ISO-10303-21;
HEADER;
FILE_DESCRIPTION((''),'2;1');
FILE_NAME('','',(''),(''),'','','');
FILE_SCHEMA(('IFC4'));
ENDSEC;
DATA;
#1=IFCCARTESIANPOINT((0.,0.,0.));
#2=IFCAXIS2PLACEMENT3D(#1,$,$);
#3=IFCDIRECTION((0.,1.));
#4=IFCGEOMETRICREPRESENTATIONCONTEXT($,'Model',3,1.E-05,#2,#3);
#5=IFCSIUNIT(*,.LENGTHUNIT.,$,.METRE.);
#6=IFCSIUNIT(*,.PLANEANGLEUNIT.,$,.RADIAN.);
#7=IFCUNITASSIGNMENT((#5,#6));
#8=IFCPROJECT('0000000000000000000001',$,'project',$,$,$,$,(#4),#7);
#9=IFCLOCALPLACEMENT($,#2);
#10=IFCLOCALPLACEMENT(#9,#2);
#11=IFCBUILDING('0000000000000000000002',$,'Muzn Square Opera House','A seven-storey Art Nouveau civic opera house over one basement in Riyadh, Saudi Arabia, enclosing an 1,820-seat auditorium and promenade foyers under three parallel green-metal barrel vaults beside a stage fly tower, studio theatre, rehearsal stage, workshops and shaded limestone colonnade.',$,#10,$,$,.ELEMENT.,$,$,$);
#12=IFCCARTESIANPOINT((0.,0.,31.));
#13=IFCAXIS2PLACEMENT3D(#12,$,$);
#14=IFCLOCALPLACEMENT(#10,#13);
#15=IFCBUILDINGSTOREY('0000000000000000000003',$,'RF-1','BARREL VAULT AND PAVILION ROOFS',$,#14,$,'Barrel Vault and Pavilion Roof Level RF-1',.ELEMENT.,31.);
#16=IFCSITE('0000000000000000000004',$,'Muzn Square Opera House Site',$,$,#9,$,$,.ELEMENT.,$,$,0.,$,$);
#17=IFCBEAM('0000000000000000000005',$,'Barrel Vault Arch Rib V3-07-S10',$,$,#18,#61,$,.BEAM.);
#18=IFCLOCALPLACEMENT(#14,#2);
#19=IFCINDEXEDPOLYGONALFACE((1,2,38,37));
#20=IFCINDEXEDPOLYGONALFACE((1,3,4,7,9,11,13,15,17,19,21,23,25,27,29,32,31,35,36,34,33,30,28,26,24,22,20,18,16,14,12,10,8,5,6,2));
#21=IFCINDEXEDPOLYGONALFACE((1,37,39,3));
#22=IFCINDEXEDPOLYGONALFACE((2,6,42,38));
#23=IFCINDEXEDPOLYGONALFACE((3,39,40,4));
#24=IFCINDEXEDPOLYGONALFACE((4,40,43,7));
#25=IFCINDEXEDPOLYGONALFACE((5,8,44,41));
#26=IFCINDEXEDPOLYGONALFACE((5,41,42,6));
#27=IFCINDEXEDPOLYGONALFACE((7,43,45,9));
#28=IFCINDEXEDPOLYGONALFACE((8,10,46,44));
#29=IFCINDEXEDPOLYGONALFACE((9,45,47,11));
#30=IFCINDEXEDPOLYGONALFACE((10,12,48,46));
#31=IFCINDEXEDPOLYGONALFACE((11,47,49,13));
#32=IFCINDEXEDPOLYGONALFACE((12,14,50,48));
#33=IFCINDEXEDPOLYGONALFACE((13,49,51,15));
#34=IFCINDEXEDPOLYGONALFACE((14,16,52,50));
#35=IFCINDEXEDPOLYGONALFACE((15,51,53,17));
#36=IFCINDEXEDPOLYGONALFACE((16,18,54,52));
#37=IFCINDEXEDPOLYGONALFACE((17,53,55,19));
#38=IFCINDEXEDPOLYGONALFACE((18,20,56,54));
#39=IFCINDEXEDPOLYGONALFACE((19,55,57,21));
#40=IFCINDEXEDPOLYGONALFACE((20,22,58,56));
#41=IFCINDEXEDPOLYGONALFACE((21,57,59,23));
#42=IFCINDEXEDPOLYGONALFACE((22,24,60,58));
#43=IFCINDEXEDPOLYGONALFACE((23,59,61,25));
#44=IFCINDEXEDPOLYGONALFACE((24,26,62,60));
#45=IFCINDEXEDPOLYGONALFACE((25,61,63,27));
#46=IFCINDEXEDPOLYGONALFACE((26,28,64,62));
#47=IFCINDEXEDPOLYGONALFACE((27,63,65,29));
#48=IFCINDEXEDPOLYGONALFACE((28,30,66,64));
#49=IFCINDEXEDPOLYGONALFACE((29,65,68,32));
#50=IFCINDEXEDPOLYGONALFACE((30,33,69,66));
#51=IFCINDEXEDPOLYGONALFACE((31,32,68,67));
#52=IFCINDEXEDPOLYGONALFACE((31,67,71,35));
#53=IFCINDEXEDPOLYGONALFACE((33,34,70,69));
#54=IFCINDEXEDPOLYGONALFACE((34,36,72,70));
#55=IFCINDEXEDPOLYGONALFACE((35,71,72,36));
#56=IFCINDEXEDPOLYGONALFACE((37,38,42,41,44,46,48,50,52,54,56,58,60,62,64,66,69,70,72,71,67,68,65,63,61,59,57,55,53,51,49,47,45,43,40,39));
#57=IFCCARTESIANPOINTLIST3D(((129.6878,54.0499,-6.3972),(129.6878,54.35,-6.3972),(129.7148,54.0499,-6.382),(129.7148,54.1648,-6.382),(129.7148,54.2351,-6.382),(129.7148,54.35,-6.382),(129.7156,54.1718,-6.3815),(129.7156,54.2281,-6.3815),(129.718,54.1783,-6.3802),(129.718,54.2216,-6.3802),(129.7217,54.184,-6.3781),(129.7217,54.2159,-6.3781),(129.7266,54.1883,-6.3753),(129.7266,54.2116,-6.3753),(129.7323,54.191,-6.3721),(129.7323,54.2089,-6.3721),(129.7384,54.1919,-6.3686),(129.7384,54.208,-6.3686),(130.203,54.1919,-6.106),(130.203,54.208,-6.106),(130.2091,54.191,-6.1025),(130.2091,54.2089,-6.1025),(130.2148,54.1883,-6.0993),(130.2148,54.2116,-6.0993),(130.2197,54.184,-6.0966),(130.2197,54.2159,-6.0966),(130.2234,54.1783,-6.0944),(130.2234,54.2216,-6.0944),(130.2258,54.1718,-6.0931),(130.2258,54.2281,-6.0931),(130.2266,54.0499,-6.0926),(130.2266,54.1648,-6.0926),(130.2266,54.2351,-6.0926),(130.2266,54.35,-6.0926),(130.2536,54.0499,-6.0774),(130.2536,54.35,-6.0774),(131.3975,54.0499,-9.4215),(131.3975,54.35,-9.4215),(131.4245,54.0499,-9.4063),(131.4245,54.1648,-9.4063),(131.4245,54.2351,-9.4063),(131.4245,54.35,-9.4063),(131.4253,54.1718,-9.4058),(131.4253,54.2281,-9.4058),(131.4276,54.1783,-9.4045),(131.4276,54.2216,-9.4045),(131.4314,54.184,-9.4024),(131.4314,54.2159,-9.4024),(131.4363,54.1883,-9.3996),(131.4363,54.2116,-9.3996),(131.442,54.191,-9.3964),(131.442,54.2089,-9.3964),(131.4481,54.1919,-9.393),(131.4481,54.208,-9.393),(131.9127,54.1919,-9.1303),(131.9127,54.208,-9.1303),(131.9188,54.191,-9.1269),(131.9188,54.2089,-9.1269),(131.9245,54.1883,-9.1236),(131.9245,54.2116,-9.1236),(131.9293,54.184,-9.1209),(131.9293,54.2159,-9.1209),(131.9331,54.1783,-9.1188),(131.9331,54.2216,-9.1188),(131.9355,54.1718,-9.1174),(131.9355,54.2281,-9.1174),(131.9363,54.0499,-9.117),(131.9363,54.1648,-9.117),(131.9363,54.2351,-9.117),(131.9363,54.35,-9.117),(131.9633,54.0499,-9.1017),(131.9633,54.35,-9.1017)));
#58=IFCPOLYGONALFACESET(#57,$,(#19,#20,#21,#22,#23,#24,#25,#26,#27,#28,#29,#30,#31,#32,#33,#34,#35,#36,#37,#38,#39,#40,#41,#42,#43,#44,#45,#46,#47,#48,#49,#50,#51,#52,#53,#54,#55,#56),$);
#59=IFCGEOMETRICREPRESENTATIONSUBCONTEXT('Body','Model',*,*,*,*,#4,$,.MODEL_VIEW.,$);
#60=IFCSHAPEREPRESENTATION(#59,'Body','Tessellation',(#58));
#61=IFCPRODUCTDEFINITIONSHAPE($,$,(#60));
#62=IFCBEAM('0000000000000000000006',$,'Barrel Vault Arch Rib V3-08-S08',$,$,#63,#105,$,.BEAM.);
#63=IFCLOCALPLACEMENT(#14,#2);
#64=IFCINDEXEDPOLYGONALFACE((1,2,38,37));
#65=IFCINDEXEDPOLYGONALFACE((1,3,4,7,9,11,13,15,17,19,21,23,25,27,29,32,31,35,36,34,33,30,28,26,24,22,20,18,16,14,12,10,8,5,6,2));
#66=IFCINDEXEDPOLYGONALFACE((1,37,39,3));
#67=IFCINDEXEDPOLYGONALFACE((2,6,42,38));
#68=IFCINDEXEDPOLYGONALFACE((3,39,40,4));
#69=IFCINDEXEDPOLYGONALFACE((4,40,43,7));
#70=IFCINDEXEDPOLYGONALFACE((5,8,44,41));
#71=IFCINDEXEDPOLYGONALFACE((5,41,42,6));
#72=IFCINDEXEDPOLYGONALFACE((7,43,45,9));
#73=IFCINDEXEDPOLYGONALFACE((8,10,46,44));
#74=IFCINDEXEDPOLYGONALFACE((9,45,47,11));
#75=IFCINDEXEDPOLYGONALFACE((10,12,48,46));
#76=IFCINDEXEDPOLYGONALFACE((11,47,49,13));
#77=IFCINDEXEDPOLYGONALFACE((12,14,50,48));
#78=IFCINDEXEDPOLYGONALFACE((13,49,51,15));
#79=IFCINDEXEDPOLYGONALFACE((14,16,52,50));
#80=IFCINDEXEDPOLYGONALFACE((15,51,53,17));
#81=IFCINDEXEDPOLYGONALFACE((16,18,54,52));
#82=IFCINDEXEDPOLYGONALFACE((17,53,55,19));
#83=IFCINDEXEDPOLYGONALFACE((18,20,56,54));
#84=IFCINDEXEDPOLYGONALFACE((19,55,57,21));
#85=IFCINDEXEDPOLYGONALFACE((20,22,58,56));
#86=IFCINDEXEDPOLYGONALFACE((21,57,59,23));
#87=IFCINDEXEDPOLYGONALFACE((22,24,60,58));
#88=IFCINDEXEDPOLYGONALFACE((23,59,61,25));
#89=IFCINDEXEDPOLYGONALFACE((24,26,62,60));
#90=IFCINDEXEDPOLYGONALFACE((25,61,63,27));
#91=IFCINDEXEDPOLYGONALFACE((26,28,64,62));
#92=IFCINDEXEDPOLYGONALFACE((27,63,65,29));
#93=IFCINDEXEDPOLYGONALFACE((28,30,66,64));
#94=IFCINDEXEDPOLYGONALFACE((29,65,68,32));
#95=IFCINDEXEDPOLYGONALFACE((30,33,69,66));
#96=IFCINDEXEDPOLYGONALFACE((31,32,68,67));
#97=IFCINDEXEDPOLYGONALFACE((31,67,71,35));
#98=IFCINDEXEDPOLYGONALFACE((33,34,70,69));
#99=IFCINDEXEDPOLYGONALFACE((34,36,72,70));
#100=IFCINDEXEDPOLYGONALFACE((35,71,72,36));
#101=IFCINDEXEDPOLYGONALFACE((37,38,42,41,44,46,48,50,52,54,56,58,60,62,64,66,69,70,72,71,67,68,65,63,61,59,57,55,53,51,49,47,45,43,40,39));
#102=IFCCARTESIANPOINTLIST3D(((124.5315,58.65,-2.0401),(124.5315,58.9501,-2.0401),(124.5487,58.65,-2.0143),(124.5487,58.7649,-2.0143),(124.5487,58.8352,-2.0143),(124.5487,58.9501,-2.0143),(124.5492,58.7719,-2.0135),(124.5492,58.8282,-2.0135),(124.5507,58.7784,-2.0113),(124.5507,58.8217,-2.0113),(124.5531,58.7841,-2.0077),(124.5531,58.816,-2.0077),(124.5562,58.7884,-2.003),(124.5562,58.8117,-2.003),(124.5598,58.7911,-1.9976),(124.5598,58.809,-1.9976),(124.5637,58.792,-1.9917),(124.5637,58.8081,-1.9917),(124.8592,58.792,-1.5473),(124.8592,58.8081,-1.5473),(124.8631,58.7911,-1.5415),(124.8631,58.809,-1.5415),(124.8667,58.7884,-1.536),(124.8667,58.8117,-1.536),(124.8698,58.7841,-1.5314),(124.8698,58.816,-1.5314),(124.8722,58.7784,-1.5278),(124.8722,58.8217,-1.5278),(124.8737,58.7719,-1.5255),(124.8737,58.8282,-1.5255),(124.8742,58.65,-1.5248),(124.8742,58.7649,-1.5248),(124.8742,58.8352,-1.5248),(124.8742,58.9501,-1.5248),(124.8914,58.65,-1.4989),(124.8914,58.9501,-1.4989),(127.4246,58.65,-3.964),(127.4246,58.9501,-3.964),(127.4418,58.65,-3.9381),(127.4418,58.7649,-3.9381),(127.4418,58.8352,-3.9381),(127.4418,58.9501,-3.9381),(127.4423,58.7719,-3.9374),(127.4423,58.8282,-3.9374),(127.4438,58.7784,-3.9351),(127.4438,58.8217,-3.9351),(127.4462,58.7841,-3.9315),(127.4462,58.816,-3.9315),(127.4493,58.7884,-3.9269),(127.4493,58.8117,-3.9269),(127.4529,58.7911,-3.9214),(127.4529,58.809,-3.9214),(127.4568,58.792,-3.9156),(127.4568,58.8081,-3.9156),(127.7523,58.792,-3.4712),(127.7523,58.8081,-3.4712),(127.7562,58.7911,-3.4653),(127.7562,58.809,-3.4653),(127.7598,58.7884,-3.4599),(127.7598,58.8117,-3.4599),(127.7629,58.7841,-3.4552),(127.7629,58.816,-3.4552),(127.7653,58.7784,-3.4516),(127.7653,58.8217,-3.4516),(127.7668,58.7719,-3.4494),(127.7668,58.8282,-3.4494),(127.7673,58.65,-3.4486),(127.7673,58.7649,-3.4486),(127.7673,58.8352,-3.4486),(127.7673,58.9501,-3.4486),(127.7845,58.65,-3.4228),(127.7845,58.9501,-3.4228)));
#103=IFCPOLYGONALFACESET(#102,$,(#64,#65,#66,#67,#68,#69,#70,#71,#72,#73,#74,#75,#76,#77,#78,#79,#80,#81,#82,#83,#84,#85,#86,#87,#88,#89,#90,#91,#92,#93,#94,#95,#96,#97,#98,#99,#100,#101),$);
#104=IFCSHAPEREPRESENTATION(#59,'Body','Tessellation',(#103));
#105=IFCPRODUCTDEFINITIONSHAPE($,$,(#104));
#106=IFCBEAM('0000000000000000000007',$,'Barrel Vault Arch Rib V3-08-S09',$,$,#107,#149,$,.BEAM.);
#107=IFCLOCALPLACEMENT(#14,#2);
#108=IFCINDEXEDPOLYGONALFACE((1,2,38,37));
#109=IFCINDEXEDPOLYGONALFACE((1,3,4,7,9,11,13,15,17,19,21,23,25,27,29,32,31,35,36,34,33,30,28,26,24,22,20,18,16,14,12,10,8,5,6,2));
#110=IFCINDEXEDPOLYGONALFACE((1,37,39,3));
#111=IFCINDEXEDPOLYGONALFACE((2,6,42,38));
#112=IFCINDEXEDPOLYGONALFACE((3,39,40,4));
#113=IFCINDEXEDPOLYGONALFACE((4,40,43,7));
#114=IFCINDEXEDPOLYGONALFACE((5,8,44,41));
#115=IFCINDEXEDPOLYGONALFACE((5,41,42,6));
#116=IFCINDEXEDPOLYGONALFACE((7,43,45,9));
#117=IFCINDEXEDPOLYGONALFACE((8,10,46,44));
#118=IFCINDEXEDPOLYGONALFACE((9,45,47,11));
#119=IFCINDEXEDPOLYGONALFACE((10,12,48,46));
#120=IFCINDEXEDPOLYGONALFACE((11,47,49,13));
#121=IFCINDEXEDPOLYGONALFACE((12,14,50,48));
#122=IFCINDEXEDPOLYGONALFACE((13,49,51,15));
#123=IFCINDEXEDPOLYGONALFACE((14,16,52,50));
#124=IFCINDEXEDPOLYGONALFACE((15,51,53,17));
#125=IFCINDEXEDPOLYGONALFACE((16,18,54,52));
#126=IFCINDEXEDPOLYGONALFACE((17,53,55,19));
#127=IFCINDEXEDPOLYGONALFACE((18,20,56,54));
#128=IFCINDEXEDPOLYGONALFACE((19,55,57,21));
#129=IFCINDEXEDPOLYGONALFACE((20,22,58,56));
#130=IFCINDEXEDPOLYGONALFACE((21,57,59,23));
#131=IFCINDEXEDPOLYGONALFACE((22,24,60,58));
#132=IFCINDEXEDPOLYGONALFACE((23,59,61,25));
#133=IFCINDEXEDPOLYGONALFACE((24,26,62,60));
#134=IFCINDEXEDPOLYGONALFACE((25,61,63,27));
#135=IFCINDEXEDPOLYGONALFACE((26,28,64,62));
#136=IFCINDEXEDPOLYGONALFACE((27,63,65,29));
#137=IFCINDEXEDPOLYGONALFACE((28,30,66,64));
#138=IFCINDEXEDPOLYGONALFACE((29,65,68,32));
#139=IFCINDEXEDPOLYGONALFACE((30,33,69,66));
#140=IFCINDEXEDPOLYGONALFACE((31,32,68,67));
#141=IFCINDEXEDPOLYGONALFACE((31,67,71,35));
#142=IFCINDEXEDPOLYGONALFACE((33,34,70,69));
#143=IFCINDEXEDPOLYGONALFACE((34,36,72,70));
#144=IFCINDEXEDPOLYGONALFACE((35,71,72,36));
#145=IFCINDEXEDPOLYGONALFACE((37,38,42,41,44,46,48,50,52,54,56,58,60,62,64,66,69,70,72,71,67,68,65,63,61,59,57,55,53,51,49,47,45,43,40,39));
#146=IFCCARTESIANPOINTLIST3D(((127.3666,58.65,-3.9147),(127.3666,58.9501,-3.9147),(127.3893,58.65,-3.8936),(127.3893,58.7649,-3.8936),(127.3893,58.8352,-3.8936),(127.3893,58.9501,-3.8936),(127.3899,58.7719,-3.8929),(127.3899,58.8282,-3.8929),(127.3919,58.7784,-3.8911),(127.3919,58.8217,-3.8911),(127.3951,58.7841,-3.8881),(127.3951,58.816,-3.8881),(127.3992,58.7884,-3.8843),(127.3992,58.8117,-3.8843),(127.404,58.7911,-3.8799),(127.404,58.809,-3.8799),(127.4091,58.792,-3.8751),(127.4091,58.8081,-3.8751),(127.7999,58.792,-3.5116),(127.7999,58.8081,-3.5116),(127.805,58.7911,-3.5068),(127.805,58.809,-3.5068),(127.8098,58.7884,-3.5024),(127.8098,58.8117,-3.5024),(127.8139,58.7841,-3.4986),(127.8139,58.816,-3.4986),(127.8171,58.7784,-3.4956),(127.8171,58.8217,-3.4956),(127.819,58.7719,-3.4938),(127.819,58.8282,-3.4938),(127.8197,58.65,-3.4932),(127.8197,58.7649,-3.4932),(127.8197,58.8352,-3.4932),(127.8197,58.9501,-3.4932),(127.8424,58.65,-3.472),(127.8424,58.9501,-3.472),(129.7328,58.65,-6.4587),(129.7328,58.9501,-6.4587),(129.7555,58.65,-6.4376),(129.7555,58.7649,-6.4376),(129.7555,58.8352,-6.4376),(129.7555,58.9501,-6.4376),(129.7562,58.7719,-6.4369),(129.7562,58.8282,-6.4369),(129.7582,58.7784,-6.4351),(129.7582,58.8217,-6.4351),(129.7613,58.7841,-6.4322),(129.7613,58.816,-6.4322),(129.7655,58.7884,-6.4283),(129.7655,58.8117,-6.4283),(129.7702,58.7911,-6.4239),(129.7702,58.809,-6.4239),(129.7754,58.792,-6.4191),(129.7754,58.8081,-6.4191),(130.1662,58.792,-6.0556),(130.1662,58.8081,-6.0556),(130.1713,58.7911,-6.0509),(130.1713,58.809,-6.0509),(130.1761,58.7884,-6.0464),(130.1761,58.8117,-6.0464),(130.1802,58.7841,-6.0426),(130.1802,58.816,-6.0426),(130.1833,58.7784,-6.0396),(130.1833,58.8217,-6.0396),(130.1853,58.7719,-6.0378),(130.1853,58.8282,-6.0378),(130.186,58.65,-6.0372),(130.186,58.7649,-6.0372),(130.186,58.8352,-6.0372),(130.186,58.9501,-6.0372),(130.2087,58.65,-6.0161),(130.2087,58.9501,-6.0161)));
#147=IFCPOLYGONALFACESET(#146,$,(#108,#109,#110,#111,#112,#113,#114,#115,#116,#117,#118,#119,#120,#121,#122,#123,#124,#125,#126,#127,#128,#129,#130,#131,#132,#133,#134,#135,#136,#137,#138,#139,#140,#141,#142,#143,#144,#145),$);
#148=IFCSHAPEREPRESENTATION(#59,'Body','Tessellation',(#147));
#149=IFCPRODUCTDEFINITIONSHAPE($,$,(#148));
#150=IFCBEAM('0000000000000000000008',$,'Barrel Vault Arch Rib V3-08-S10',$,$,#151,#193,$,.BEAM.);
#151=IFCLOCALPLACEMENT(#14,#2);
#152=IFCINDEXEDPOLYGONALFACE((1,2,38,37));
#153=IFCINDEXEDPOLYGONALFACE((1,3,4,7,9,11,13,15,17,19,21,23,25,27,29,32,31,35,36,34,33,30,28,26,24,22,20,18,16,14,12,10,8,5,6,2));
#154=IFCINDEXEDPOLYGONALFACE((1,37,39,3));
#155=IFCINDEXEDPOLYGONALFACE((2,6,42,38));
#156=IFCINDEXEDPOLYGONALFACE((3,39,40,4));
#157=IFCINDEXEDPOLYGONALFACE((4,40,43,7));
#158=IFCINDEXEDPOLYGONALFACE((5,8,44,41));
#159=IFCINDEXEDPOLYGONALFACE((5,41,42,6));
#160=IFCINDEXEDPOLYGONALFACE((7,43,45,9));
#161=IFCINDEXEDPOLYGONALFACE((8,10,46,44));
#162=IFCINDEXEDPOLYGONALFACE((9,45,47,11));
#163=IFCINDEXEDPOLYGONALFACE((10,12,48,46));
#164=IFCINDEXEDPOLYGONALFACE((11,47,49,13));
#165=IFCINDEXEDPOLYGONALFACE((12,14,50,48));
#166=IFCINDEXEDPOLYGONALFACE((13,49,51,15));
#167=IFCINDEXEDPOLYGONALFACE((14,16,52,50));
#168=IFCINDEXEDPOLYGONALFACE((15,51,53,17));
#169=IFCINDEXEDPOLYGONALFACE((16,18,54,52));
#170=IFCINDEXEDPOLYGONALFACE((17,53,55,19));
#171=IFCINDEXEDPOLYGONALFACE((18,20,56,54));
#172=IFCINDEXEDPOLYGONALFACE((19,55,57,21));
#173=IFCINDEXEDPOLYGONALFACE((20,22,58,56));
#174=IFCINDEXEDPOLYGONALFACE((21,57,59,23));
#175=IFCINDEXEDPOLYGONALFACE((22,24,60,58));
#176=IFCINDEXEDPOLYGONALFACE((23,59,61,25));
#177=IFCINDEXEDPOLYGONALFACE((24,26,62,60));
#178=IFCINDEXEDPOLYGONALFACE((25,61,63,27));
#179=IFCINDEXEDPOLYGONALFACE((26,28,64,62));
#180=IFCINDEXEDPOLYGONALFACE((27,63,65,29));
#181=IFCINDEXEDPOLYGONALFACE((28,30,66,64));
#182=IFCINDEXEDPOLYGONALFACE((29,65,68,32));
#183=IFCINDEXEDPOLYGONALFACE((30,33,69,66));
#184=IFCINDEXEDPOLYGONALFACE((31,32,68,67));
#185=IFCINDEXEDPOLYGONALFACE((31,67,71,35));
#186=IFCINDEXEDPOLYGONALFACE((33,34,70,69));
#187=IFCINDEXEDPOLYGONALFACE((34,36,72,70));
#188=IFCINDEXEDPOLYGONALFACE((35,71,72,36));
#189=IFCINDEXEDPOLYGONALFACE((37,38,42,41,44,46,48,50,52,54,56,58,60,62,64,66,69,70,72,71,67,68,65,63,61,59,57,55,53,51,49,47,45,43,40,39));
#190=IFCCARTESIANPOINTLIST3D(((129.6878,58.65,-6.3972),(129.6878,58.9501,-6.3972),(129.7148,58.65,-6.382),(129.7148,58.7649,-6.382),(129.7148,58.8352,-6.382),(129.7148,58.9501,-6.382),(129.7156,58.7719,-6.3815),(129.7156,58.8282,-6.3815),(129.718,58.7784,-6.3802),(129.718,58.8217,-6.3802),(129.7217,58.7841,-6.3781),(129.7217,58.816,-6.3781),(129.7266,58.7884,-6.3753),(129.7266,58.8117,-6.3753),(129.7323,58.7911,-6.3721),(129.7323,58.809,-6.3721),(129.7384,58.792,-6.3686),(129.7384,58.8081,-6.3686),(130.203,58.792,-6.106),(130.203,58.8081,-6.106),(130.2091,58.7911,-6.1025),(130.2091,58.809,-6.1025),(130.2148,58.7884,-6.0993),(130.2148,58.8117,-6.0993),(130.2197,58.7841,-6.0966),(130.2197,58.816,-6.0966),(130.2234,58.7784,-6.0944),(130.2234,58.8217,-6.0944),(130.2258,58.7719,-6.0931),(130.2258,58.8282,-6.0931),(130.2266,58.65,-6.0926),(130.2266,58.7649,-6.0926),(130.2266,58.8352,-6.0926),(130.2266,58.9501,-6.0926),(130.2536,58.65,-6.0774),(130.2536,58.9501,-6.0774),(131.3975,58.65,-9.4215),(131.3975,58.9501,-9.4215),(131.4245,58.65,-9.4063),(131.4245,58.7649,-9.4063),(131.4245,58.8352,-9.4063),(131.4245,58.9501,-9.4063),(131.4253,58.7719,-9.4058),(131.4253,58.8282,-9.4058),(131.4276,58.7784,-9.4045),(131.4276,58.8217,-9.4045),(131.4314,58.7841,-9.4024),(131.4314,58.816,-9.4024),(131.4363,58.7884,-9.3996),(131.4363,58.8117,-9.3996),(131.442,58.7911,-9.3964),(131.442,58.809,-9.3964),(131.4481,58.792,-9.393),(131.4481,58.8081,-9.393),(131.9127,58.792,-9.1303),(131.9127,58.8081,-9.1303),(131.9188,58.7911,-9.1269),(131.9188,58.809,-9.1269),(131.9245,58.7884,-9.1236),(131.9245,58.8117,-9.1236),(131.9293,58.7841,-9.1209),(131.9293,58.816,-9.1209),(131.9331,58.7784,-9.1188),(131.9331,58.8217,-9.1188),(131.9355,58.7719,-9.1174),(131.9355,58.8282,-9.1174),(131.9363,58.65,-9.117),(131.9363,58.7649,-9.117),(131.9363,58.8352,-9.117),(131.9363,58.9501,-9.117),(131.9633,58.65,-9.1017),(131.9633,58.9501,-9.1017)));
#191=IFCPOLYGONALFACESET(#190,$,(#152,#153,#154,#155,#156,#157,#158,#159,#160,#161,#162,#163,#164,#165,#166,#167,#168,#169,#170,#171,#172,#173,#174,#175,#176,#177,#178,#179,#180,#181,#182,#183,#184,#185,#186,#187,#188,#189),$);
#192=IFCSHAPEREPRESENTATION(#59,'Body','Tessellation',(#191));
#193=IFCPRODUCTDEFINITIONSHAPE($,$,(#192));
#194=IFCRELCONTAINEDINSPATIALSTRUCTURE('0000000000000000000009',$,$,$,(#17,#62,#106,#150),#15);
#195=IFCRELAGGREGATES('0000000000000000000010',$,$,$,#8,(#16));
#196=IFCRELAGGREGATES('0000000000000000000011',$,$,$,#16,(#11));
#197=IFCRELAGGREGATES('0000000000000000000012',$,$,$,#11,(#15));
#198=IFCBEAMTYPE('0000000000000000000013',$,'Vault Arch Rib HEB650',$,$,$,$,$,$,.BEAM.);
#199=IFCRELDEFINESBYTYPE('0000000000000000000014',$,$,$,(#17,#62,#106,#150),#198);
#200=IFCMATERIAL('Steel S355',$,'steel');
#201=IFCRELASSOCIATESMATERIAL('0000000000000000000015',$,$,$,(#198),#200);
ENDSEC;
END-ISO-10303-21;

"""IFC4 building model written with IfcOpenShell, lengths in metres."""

from ifc_helpers import new_model, si_unit, direction, frame, origin, origin_2d, place, context, subcontext, project, spatial, i_section, extrude, material, material_profile, profile_set, type_object, element, save


model = new_model("IFC4")

# Units and contexts
model_context = context("Model", 3, precision=1e-05, world=origin(), true_north=direction((0.0, 1.0)))
body_context = subcontext(model_context, "Body", "Model", "MODEL_VIEW")
ifc_project = project(units=[si_unit("LENGTHUNIT", "METRE"), si_unit("PLANEANGLEUNIT", "RADIAN")], contexts=[model_context])

# Site, building, storey
site_placement = place(None, origin())
site = spatial("IfcSite", under=ifc_project, at=site_placement, Name="Muzn Square Opera House Site", CompositionType="ELEMENT", RefElevation=0.0)
building_placement = place(site_placement, origin())
building = spatial("IfcBuilding", under=site, at=building_placement, Name="Muzn Square Opera House", Description="A seven-storey Art Nouveau civic opera house over one basement in Riyadh, Saudi Arabia, enclosing an 1,820-seat auditorium and promenade foyers under three parallel green-metal barrel vaults beside a stage fly tower, studio theatre, rehearsal stage, workshops and shaded limestone colonnade.", CompositionType="ELEMENT")
storey_placement = place(building_placement, frame((0.0, 0.0, 31.0)))
storey = spatial("IfcBuildingStorey", under=building, at=storey_placement, Name="RF-1", Description="BARREL VAULT AND PAVILION ROOFS", LongName="Barrel Vault and Pavilion Roof Level RF-1", CompositionType="ELEMENT", Elevation=31.0)

# Beams
ifc_material_1 = material(Name="Steel S355", Category="steel")
ifc_material_profile_1 = material_profile(ifc_material_1, i_section(OverallWidth=0.3, OverallDepth=0.6499, WebThickness=0.0161, FlangeThickness=0.031, FilletRadius=0.0271, at=origin_2d()), Name="HEB 650", Category="steel")
ifc_profile_set_1 = profile_set([ifc_material_profile_1], Name="Steel S355")
beam_type_1 = type_object("IfcBeamType", Name="Vault Arch Rib HEB650", PredefinedType="BEAM", material=ifc_profile_set_1)
beam_1_placement = place(storey_placement, frame((129.9707, 54.2, -6.2373), z_axis=(0.492115, 0.0, -0.87053), x_axis=(0.0, 1.0, 0.0)))
element("IfcBeam", 1, at=beam_1_placement, inside=storey, type_object=beam_type_1, Name="Barrel Vault Arch Rib V3-07-S10", PredefinedType="BEAM", context=body_context, shape_type="SweptSolid", body=[
    extrude(i_section(OverallWidth=0.3, OverallDepth=0.6499, WebThickness=0.0161, FlangeThickness=0.031, FilletRadius=0.0271, at=origin_2d()), origin(), (0.0, 0.0, 1.0), 3.4741),
])
for number, where, z_axis, x_axis, name in (
    (2, (124.7114, 58.8, -1.7695), (0.832698, 0.0, -0.553727), (0.0, 1.0, 0.0), "Barrel Vault Arch Rib V3-08-S08"),
    (3, (127.6045, 58.8, -3.6934), (0.681065, 0.0, -0.732223), (0.0, 1.0, 0.0), "Barrel Vault Arch Rib V3-08-S09"),
):
    element("IfcBeam", number, at=place(storey_placement, frame(where, z_axis=z_axis, x_axis=x_axis)), inside=storey, type_object=beam_type_1, Name=name, PredefinedType="BEAM", context=body_context, shape_type="SweptSolid", body=[
        extrude(i_section(OverallWidth=0.3, OverallDepth=0.6499, WebThickness=0.0161, FlangeThickness=0.031, FilletRadius=0.0271, at=origin_2d()), origin(), (0.0, 0.0, 1.0), 3.4744),
    ])
beam_2_placement = place(storey_placement, frame((129.9707, 58.8, -6.2373), z_axis=(0.492115, 0.0, -0.87053), x_axis=(0.0, 1.0, 0.0)))
element("IfcBeam", 4, at=beam_2_placement, inside=storey, type_object=beam_type_1, Name="Barrel Vault Arch Rib V3-08-S10", PredefinedType="BEAM", context=body_context, shape_type="SweptSolid", body=[
    extrude(i_section(OverallWidth=0.3, OverallDepth=0.6499, WebThickness=0.0161, FlangeThickness=0.031, FilletRadius=0.0271, at=origin_2d()), origin(), (0.0, 0.0, 1.0), 3.4741),
])

save(model, "model.ifc")
